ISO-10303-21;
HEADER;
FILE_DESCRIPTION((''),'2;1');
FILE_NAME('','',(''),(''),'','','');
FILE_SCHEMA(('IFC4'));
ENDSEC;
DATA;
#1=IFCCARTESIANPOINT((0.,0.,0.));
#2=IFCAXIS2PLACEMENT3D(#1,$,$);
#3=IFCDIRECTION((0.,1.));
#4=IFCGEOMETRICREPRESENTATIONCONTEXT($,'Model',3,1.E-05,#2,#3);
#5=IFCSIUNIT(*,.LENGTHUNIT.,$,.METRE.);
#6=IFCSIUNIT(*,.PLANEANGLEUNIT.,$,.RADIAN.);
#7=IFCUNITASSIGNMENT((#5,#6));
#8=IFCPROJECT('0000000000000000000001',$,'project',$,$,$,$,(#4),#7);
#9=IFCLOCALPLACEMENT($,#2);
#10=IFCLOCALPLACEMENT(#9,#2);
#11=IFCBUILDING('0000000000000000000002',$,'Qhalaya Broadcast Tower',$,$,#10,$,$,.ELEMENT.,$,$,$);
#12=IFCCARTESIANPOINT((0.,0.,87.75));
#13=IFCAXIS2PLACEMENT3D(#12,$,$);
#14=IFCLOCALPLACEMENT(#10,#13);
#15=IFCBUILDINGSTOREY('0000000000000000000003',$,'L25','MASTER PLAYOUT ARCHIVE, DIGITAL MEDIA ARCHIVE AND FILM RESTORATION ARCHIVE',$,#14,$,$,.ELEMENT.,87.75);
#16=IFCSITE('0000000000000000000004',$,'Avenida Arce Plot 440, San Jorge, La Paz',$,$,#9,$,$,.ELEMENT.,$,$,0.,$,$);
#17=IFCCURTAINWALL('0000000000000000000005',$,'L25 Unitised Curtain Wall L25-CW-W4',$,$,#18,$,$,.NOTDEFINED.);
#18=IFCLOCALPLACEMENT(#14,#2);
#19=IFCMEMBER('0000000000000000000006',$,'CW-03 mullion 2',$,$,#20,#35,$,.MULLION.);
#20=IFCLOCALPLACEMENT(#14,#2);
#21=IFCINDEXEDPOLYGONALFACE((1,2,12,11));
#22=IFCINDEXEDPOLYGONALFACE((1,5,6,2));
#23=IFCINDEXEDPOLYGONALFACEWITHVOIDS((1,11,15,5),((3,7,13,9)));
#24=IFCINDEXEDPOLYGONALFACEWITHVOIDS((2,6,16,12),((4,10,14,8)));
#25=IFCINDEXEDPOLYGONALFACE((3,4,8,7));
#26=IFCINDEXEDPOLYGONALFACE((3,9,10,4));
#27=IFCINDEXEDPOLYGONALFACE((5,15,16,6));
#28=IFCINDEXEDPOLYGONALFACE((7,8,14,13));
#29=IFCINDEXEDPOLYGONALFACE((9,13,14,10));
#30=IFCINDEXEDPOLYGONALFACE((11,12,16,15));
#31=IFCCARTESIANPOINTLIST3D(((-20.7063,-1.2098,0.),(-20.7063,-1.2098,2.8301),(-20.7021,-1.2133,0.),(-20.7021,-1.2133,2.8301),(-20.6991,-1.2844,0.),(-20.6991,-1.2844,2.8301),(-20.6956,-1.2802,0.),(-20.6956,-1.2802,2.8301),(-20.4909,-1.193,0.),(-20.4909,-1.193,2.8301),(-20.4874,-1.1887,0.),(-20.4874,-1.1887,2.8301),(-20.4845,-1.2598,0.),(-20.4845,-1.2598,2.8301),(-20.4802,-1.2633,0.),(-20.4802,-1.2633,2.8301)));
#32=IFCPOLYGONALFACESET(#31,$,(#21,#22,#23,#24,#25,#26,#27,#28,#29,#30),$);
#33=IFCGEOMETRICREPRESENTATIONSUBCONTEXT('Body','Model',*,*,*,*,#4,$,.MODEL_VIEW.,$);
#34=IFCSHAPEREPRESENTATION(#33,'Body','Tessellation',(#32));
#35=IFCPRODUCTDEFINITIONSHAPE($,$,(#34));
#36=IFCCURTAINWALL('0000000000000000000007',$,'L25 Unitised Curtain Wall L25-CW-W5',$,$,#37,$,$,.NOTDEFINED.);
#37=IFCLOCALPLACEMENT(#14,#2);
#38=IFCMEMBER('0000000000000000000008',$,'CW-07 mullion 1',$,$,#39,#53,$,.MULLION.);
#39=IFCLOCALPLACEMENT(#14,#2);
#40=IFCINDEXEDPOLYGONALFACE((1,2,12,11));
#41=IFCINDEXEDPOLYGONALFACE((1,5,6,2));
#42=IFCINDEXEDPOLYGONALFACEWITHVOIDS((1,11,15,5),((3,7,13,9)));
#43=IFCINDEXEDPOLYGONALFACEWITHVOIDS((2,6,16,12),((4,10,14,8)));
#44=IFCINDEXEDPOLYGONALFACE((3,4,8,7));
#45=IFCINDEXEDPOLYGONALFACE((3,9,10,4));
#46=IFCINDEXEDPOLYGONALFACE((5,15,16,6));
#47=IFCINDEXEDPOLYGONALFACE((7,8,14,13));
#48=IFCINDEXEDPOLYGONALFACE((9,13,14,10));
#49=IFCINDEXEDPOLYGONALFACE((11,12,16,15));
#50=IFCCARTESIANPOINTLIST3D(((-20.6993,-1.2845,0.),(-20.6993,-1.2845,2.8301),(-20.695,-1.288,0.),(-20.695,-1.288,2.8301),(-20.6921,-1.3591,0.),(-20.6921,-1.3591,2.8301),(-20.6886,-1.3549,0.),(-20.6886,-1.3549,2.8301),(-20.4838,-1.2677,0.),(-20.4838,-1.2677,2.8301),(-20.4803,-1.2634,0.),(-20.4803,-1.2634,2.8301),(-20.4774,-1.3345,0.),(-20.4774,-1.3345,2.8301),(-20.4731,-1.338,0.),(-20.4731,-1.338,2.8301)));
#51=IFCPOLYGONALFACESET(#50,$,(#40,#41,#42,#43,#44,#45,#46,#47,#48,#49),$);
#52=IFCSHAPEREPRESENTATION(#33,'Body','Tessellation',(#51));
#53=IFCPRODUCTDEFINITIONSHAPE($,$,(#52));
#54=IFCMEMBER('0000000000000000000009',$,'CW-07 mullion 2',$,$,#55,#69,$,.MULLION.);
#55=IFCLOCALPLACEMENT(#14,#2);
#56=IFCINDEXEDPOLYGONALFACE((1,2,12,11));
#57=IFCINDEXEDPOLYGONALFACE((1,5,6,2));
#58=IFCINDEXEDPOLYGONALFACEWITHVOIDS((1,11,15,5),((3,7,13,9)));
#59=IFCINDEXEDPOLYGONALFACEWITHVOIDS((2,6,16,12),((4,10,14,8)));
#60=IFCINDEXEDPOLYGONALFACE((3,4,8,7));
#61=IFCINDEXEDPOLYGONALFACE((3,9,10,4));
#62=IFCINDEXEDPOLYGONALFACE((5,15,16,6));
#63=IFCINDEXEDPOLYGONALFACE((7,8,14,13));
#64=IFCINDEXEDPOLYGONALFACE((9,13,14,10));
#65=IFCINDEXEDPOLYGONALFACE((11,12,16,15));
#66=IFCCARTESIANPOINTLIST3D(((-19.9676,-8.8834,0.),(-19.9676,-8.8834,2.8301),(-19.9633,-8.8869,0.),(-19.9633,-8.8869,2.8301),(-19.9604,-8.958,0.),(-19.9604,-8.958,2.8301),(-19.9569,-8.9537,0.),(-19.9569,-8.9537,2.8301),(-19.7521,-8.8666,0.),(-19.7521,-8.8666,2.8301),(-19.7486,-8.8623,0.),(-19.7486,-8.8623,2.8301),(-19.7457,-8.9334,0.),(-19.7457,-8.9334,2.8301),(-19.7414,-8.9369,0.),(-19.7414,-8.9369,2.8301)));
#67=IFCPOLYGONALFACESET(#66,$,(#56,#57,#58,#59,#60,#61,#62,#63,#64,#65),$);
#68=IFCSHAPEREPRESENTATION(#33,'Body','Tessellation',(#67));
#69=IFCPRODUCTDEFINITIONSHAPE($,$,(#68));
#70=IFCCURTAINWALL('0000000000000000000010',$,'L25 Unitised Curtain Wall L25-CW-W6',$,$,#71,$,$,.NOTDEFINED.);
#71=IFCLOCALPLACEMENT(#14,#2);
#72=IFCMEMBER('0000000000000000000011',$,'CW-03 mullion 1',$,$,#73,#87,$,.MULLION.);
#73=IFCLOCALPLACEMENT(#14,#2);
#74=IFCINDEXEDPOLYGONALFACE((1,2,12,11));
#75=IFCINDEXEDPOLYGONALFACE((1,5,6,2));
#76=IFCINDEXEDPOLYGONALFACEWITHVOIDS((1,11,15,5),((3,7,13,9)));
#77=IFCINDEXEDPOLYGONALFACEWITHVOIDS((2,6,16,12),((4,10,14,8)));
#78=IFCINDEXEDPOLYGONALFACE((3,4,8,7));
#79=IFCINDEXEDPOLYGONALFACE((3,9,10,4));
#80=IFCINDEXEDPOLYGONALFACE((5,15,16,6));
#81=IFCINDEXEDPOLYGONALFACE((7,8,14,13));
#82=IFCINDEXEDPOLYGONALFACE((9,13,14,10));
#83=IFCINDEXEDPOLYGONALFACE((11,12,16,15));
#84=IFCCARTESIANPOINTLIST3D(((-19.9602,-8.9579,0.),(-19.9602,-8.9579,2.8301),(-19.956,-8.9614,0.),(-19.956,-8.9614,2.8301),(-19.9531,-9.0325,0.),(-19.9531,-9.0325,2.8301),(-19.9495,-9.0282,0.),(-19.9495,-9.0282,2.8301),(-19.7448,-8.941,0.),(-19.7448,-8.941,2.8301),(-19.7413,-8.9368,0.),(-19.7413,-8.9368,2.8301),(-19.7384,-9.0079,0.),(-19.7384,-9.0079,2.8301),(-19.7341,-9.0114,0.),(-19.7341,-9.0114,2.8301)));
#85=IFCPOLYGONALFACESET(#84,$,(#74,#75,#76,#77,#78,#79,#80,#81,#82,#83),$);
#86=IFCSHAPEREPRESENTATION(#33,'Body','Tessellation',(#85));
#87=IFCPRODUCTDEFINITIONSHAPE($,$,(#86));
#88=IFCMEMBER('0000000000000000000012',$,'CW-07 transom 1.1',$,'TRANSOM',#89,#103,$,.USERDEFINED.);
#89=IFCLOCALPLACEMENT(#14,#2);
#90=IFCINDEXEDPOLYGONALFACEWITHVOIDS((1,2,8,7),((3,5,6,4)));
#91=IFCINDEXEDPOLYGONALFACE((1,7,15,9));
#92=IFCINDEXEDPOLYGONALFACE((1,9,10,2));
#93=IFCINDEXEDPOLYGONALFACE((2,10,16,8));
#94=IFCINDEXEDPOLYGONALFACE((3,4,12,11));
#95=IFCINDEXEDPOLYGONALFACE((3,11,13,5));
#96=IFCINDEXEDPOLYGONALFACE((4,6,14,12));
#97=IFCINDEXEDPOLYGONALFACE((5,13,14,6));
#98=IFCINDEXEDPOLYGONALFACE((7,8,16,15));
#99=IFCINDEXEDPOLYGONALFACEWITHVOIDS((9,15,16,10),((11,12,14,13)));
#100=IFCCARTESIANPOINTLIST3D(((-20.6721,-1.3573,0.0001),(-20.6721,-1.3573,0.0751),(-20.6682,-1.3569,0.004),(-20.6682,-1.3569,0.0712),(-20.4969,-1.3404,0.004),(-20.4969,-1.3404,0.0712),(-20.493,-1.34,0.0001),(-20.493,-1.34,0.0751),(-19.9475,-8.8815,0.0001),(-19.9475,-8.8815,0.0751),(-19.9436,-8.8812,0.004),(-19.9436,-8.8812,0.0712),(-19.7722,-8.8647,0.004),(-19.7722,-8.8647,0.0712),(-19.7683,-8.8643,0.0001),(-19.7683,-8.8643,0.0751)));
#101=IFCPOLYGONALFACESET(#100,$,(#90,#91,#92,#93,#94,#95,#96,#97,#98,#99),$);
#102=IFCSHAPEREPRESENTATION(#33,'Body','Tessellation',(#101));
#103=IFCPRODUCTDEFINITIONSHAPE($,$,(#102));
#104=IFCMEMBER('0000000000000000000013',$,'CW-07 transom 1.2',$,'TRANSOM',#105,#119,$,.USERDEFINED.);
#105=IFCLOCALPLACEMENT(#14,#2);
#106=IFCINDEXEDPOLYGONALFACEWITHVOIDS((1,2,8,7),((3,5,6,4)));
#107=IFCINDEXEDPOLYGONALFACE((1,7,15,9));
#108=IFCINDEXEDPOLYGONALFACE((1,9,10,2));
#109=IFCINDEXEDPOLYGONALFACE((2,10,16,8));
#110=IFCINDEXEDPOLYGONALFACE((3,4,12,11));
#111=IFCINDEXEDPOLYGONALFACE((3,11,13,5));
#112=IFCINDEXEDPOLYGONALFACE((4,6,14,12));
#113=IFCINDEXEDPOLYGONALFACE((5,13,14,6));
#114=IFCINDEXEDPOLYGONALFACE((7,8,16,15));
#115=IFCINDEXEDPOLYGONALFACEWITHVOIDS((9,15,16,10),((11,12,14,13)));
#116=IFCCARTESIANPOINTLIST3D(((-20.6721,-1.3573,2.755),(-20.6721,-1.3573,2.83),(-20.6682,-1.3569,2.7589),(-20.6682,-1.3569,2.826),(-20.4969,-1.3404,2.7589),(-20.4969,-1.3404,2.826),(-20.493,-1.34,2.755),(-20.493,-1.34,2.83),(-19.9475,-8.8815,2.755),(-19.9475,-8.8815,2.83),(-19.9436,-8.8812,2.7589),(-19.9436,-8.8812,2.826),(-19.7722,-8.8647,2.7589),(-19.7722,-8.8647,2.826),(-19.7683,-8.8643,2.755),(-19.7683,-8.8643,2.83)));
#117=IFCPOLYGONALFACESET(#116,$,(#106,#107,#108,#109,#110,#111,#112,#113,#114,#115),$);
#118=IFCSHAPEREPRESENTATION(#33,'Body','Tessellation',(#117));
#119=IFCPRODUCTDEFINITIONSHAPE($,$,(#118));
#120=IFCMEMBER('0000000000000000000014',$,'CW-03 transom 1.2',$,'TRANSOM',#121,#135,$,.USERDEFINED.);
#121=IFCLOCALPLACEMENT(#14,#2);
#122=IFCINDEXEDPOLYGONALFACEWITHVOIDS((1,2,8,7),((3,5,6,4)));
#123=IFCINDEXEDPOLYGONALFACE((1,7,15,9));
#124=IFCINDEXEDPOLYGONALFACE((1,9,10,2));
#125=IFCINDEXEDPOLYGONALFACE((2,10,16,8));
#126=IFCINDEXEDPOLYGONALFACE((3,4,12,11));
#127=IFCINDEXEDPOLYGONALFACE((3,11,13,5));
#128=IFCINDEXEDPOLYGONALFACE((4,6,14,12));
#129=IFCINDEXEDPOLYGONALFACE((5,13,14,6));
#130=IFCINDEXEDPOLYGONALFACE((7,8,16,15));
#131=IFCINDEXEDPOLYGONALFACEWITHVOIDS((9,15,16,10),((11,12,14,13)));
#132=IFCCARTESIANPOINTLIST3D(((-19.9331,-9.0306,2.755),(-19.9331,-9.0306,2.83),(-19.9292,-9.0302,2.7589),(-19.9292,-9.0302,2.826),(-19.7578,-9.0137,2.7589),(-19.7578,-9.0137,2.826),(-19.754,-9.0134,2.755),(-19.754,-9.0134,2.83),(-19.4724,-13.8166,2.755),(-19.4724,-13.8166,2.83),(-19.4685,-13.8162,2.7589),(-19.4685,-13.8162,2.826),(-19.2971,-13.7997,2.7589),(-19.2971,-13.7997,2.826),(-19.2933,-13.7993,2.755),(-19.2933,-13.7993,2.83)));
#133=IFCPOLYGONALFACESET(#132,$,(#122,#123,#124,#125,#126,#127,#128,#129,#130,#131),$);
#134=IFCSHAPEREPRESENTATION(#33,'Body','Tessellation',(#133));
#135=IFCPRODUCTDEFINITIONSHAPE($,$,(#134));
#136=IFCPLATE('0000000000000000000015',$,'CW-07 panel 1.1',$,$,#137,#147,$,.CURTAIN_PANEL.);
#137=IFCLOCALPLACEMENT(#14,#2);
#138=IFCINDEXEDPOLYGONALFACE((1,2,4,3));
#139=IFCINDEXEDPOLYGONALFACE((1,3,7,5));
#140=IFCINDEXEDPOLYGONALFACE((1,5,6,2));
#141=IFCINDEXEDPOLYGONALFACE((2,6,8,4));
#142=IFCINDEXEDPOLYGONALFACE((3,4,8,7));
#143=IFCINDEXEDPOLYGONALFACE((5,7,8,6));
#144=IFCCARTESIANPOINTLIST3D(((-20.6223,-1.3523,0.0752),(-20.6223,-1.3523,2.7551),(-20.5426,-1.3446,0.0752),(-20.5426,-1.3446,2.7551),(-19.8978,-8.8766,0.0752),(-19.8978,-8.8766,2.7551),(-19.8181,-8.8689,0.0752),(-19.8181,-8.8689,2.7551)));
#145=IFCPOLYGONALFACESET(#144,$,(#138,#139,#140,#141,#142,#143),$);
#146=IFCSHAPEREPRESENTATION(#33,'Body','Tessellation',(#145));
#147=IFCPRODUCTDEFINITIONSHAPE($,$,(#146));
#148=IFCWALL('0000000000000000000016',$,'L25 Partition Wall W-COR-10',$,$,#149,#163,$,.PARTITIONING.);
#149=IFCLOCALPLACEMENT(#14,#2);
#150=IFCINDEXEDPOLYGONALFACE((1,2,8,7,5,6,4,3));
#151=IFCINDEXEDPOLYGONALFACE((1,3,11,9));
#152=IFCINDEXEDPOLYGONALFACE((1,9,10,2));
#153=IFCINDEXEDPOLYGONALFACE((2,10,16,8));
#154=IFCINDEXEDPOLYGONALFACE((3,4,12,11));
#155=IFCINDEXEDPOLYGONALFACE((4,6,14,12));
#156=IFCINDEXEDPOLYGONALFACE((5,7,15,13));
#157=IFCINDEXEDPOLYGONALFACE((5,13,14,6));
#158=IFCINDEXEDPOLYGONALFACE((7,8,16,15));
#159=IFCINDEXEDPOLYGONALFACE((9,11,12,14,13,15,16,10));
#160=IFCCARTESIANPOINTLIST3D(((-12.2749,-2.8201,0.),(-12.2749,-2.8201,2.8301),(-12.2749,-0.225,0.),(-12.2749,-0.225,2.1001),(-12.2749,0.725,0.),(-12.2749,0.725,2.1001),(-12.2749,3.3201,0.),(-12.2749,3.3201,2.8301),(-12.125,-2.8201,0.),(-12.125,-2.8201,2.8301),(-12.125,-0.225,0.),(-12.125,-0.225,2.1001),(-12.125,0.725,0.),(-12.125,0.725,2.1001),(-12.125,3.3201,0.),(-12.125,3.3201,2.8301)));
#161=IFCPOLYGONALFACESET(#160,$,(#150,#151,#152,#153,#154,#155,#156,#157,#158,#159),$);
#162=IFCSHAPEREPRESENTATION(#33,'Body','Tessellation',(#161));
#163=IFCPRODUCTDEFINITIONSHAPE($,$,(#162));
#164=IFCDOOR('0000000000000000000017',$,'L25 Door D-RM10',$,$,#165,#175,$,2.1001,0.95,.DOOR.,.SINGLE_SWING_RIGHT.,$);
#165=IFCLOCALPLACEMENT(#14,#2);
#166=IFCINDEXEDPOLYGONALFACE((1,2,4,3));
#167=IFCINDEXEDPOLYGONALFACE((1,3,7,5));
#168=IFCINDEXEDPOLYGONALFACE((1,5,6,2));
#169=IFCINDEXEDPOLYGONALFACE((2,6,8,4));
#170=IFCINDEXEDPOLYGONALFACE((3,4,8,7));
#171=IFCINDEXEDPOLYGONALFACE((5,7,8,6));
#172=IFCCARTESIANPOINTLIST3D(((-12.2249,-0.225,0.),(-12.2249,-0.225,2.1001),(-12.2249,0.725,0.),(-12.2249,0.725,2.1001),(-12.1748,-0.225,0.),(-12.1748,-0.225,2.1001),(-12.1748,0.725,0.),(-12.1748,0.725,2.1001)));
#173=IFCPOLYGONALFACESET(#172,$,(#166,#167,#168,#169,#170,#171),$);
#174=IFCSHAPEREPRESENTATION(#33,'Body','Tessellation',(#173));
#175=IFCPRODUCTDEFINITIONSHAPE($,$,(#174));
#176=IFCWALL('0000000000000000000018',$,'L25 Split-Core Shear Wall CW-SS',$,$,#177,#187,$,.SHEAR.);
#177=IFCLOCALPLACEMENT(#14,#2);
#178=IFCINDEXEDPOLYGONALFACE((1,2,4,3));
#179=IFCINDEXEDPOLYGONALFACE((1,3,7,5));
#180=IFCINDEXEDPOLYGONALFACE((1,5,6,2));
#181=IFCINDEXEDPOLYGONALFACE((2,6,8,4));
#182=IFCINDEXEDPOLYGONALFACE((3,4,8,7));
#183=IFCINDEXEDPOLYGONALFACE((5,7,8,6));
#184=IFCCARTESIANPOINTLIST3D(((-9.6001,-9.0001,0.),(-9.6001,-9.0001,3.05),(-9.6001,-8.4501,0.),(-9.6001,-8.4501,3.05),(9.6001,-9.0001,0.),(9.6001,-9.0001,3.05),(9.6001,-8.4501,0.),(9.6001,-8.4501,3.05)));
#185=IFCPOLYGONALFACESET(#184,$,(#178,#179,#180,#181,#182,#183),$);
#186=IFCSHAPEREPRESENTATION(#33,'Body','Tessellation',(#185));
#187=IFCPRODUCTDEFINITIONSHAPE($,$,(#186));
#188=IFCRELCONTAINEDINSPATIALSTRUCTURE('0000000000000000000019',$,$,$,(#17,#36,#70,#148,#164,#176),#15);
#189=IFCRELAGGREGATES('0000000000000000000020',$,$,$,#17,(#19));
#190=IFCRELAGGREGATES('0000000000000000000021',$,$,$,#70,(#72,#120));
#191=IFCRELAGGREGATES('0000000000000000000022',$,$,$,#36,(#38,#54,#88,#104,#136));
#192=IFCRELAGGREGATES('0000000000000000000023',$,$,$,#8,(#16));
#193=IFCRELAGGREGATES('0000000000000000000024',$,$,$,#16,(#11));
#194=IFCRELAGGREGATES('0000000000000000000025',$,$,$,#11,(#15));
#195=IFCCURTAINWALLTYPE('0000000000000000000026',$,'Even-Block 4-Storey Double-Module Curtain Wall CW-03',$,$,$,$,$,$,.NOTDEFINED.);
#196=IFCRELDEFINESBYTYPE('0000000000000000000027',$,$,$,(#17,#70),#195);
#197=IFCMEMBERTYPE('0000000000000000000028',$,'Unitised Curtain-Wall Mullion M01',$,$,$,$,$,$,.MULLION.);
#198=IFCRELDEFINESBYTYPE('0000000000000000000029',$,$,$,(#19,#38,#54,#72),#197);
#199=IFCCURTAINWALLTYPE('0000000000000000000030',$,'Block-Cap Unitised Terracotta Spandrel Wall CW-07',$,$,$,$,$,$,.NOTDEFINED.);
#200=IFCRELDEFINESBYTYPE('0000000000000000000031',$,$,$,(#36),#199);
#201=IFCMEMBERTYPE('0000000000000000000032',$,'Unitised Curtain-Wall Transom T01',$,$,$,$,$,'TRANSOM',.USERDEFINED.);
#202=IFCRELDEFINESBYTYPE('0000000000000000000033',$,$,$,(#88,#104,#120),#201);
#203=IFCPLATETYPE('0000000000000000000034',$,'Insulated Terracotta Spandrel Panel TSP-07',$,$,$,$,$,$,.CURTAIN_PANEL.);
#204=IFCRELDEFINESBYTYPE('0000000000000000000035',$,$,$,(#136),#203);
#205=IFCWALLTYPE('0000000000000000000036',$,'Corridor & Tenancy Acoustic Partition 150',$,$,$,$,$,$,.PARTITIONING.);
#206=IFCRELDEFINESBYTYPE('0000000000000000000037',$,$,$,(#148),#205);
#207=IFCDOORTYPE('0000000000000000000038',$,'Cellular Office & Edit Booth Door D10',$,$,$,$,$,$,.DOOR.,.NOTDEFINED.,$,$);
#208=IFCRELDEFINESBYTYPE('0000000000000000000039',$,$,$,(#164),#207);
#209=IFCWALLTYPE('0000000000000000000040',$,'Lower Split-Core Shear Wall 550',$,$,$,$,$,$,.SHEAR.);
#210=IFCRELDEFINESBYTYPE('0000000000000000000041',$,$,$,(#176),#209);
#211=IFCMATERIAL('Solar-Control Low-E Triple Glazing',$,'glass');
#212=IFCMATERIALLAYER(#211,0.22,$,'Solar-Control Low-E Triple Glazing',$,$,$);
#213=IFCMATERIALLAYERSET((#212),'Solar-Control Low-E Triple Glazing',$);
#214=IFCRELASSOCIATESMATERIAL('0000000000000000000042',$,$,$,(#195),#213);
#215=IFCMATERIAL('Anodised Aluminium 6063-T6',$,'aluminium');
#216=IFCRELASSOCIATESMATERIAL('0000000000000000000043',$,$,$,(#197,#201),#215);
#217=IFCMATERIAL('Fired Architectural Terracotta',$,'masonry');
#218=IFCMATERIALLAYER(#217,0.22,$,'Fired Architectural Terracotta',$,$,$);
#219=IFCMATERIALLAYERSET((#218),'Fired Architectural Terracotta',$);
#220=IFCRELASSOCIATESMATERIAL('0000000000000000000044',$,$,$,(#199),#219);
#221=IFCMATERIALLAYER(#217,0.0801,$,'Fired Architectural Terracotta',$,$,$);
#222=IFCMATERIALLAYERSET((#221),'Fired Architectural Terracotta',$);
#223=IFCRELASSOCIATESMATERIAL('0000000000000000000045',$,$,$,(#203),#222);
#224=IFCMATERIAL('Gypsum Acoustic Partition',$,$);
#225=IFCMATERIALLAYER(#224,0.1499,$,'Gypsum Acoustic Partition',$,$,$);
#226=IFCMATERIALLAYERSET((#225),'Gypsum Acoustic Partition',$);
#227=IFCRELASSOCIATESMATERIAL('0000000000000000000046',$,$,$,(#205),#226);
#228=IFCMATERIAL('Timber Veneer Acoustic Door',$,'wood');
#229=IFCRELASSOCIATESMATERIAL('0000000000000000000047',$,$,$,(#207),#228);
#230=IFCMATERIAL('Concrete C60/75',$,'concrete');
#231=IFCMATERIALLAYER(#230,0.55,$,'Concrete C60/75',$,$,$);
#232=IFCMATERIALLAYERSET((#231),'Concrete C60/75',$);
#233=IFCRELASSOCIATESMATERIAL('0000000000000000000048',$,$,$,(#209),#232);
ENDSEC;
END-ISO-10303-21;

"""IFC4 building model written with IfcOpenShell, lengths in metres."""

from ifc_helpers import new_model, si_unit, direction, frame, frame_2d, origin, origin_2d, place, context, subcontext, project, spatial, rectangle, hollow_rectangle, extrude, material, layer, layer_set, material_profile, profile_set, type_object, element, fill, aggregate, save


model = new_model("IFC4")

# Units and contexts
model_context = context("Model", 3, precision=1e-05, world=origin(), true_north=direction((0.0, 1.0)))
body_context = subcontext(model_context, "Body", "Model", "MODEL_VIEW")
ifc_project = project(units=[si_unit("LENGTHUNIT", "METRE"), si_unit("PLANEANGLEUNIT", "RADIAN")], contexts=[model_context])

# Site, building, storey
site_placement = place(None, origin())
site = spatial("IfcSite", under=ifc_project, at=site_placement, Name="Avenida Arce Plot 440, San Jorge, La Paz", CompositionType="ELEMENT", RefElevation=0.0)
building_placement = place(site_placement, origin())
building = spatial("IfcBuilding", under=site, at=building_placement, Name="Qhalaya Broadcast Tower", CompositionType="ELEMENT")
storey_placement = place(building_placement, frame((0.0, 0.0, 87.75)))
storey = spatial("IfcBuildingStorey", under=building, at=storey_placement, Name="L25", Description="MASTER PLAYOUT ARCHIVE, DIGITAL MEDIA ARCHIVE AND FILM RESTORATION ARCHIVE", CompositionType="ELEMENT", Elevation=87.75)

# Curtain wall, member
ifc_material_1 = material(Name="Solar-Control Low-E Triple Glazing", Category="glass")
ifc_layer_1 = layer(ifc_material_1, 0.22, Name="Solar-Control Low-E Triple Glazing")
ifc_layer_set_1 = layer_set([ifc_layer_1], Name="Solar-Control Low-E Triple Glazing")
curtain_wall_type_1 = type_object("IfcCurtainWallType", Name="Even-Block 4-Storey Double-Module Curtain Wall CW-03", PredefinedType="NOTDEFINED", material=ifc_layer_set_1)
curtain_wall_1_placement = place(storey_placement, origin())
curtain_wall_1 = element("IfcCurtainWall", 1, at=curtain_wall_1_placement, inside=storey, type_object=curtain_wall_type_1, Name="L25 Unitised Curtain Wall L25-CW-W4", PredefinedType="NOTDEFINED")
ifc_material_2 = material(Name="Anodised Aluminium 6063-T6", Category="aluminium")
ifc_material_profile_1 = material_profile(ifc_material_2, hollow_rectangle(XDim=0.075, YDim=0.22, WallThickness=0.0039, at=origin_2d()), Name="ALU-MUL 75x220x4")
ifc_profile_set_1 = profile_set([ifc_material_profile_1], Name="Anodised Aluminium 6063-T6")
member_type_1 = type_object("IfcMemberType", Name="Unitised Curtain-Wall Mullion M01", PredefinedType="MULLION", material=ifc_profile_set_1)
member_1_placement = place(storey_placement, frame((-20.5933, -1.2366, 0.0), z_axis=(0.0, 0.0, 1.0), x_axis=(0.095845, -0.995396, 0.0)))
member_1 = element("IfcMember", 2, at=member_1_placement, type_object=member_type_1, Name="CW-03 mullion 2", PredefinedType="MULLION", context=body_context, shape_type="SweptSolid", body=[
    extrude(hollow_rectangle(XDim=0.075, YDim=0.22, WallThickness=0.0039, at=origin_2d()), origin(), (0.0, 0.0, 1.0), 2.8301),
])
aggregate(curtain_wall_1, [member_1])

# Curtain wall, members
ifc_material_3 = material(Name="Fired Architectural Terracotta", Category="masonry")
ifc_layer_2 = layer(ifc_material_3, 0.22, Name="Fired Architectural Terracotta")
ifc_layer_set_2 = layer_set([ifc_layer_2], Name="Fired Architectural Terracotta")
curtain_wall_type_2 = type_object("IfcCurtainWallType", Name="Block-Cap Unitised Terracotta Spandrel Wall CW-07", PredefinedType="NOTDEFINED", material=ifc_layer_set_2)
curtain_wall_2_placement = place(storey_placement, origin())
curtain_wall_2 = element("IfcCurtainWall", 3, at=curtain_wall_2_placement, inside=storey, type_object=curtain_wall_type_2, Name="L25 Unitised Curtain Wall L25-CW-W5", PredefinedType="NOTDEFINED")
member_2_placement = place(storey_placement, frame((-20.5862, -1.3113, 0.0), z_axis=(0.0, 0.0, 1.0), x_axis=(0.095849, -0.995396, 0.0)))
member_2 = element("IfcMember", 4, at=member_2_placement, type_object=member_type_1, Name="CW-07 mullion 1", PredefinedType="MULLION", context=body_context, shape_type="SweptSolid", body=[
    extrude(hollow_rectangle(XDim=0.075, YDim=0.22, WallThickness=0.0039, at=origin_2d()), origin(), (0.0, 0.0, 1.0), 2.8301),
])
member_3_placement = place(storey_placement, frame((-19.8545, -8.9102, 0.0), z_axis=(0.0, 0.0, 1.0), x_axis=(0.095849, -0.995396, 0.0)))
member_3 = element("IfcMember", 5, at=member_3_placement, type_object=member_type_1, Name="CW-07 mullion 2", PredefinedType="MULLION", context=body_context, shape_type="SweptSolid", body=[
    extrude(hollow_rectangle(XDim=0.075, YDim=0.22, WallThickness=0.0039, at=origin_2d()), origin(), (0.0, 0.0, 1.0), 2.8301),
])

# Curtain wall, member
curtain_wall_3_placement = place(storey_placement, origin())
curtain_wall_3 = element("IfcCurtainWall", 6, at=curtain_wall_3_placement, inside=storey, type_object=curtain_wall_type_1, Name="L25 Unitised Curtain Wall L25-CW-W6", PredefinedType="NOTDEFINED")
member_4_placement = place(storey_placement, frame((-19.8472, -8.9846, 0.0), z_axis=(0.0, 0.0, 1.0), x_axis=(0.095847, -0.995396, 0.0)))
member_4 = element("IfcMember", 7, at=member_4_placement, type_object=member_type_1, Name="CW-03 mullion 1", PredefinedType="MULLION", context=body_context, shape_type="SweptSolid", body=[
    extrude(hollow_rectangle(XDim=0.075, YDim=0.22, WallThickness=0.0039, at=origin_2d()), origin(), (0.0, 0.0, 1.0), 2.8301),
])

# Members
ifc_material_profile_2 = material_profile(ifc_material_2, hollow_rectangle(XDim=0.075, YDim=0.1799, WallThickness=0.0039, at=origin_2d()), Name="ALU-TRN 75x180x4")
ifc_profile_set_2 = profile_set([ifc_material_profile_2], Name="Anodised Aluminium 6063-T6")
member_type_2 = type_object("IfcMemberType", Name="Unitised Curtain-Wall Transom T01", ElementType="TRANSOM", PredefinedType="USERDEFINED", material=ifc_profile_set_2)
member_5_placement = place(storey_placement, frame((-20.5825, -1.3486, 0.0376), z_axis=(0.095861, -0.995395, 0.0), x_axis=(0.0, 0.0, 1.0)))
member_5 = element("IfcMember", 8, at=member_5_placement, type_object=member_type_2, Name="CW-07 transom 1.1", ObjectType="TRANSOM", PredefinedType="USERDEFINED", context=body_context, shape_type="SweptSolid", body=[
    extrude(hollow_rectangle(XDim=0.075, YDim=0.1799, WallThickness=0.0039, at=origin_2d()), origin(), (0.0, 0.0, 1.0), 7.5591),
])
member_6_placement = place(storey_placement, frame((-20.5825, -1.3486, 2.7925), z_axis=(0.095861, -0.995395, 0.0), x_axis=(0.0, 0.0, 1.0)))
member_6 = element("IfcMember", 9, at=member_6_placement, type_object=member_type_2, Name="CW-07 transom 1.2", ObjectType="TRANSOM", PredefinedType="USERDEFINED", context=body_context, shape_type="SweptSolid", body=[
    extrude(hollow_rectangle(XDim=0.075, YDim=0.1799, WallThickness=0.0039, at=origin_2d()), origin(), (0.0, 0.0, 1.0), 7.5591),
])
member_7_placement = place(storey_placement, frame((-19.8435, -9.022, 2.7925), z_axis=(0.095818, -0.995399, 0.0), x_axis=(0.0, 0.0, 1.0)))
member_7 = element("IfcMember", 10, at=member_7_placement, type_object=member_type_2, Name="CW-03 transom 1.2", ObjectType="TRANSOM", PredefinedType="USERDEFINED", context=body_context, shape_type="SweptSolid", body=[
    extrude(hollow_rectangle(XDim=0.075, YDim=0.1799, WallThickness=0.0039, at=origin_2d()), origin(), (0.0, 0.0, 1.0), 4.8081),
])
aggregate(curtain_wall_3, [member_4, member_7])

# Plate
ifc_layer_3 = layer(ifc_material_3, 0.0801, Name="Fired Architectural Terracotta")
ifc_layer_set_3 = layer_set([ifc_layer_3], Name="Fired Architectural Terracotta")
plate_type = type_object("IfcPlateType", Name="Insulated Terracotta Spandrel Panel TSP-07", PredefinedType="CURTAIN_PANEL", material=ifc_layer_set_3)
plate_placement = place(storey_placement, frame((-20.2202, -5.1106, 0.0752), z_axis=(0.0, 0.0, 1.0), x_axis=(0.095849, -0.995396, 0.0)))
plate = element("IfcPlate", 11, at=plate_placement, type_object=plate_type, Name="CW-07 panel 1.1", PredefinedType="CURTAIN_PANEL", context=body_context, shape_type="SweptSolid", body=[
    extrude(rectangle(XDim=7.5591, YDim=0.0801, at=origin_2d()), origin(), (0.0, 0.0, 1.0), 2.6799),
])
aggregate(curtain_wall_2, [member_2, member_3, member_5, member_6, plate])

# Wall, opening, door
ifc_material_4 = material(Name="Gypsum Acoustic Partition")
ifc_layer_4 = layer(ifc_material_4, 0.1499, Name="Gypsum Acoustic Partition")
ifc_layer_set_4 = layer_set([ifc_layer_4], Name="Gypsum Acoustic Partition")
wall_type_1 = type_object("IfcWallType", Name="Corridor & Tenancy Acoustic Partition 150", PredefinedType="PARTITIONING", material=ifc_layer_set_4)
wall_1_placement = place(storey_placement, frame((-12.2, -2.8201, 0.0), z_axis=(0.0, 0.0, 1.0), x_axis=(0.0, 1.0, 0.0)))
wall_1 = element("IfcWall", 12, at=wall_1_placement, inside=storey, type_object=wall_type_1, Name="L25 Partition Wall W-COR-10", PredefinedType="PARTITIONING", context=body_context, shape_type="SweptSolid", body=[
    extrude(rectangle(XDim=6.1401, YDim=0.1499, at=frame_2d((3.0701, 0.0))), origin(), (0.0, 0.0, 1.0), 2.8301),
])
opening_1_placement = place(wall_1_placement, frame((2.595, 0.0, 0.0)))
opening_1 = element("IfcOpeningElement", 13, at=opening_1_placement, cuts=wall_1, PredefinedType="OPENING", context=body_context, shape_type="SweptSolid", body=[
    extrude(rectangle(XDim=0.95, YDim=2.1001, at=frame_2d((0.4751, 1.05))), frame((0.0, 0.0869, 0.0), z_axis=(0.0, -1.0, 0.0), x_axis=(1.0, 0.0, 0.0)), (0.0, 0.0, 1.0), 0.1738),
])
ifc_material_5 = material(Name="Timber Veneer Acoustic Door", Category="wood")
door_type_1 = type_object("IfcDoorType", Name="Cellular Office & Edit Booth Door D10", OperationType="NOTDEFINED", PredefinedType="DOOR", material=ifc_material_5)
door_1_placement = place(opening_1_placement, origin())
door_1 = element("IfcDoor", 14, at=door_1_placement, inside=storey, type_object=door_type_1, Name="L25 Door D-RM10", OperationType="SINGLE_SWING_RIGHT", OverallHeight=2.1001, OverallWidth=0.95, PredefinedType="DOOR", context=body_context, shape_type="SweptSolid", body=[
    extrude(rectangle(XDim=0.95, YDim=2.1001, at=frame_2d((0.4751, 1.05))), frame((0.0, 0.0249, 0.0), z_axis=(0.0, -1.0, 0.0), x_axis=(1.0, 0.0, 0.0)), (0.0, 0.0, 1.0), 0.05),
])
fill(opening_1, door_1)

# Wall
ifc_material_6 = material(Name="Concrete C60/75", Category="concrete")
ifc_layer_5 = layer(ifc_material_6, 0.55, Name="Concrete C60/75")
ifc_layer_set_5 = layer_set([ifc_layer_5], Name="Concrete C60/75")
wall_type_2 = type_object("IfcWallType", Name="Lower Split-Core Shear Wall 550", PredefinedType="SHEAR", material=ifc_layer_set_5)
wall_2_placement = place(storey_placement, frame((-9.6001, -8.7251, 0.0), z_axis=(0.0, 0.0, 1.0), x_axis=(1.0, 0.0, 0.0)))
element("IfcWall", 15, at=wall_2_placement, inside=storey, type_object=wall_type_2, Name="L25 Split-Core Shear Wall CW-SS", PredefinedType="SHEAR", context=body_context, shape_type="SweptSolid", body=[
    extrude(rectangle(XDim=19.2002, YDim=0.55, at=frame_2d((9.6001, 0.0))), origin(), (0.0, 0.0, 1.0), 3.05),
])

save(model, "model.ifc")
